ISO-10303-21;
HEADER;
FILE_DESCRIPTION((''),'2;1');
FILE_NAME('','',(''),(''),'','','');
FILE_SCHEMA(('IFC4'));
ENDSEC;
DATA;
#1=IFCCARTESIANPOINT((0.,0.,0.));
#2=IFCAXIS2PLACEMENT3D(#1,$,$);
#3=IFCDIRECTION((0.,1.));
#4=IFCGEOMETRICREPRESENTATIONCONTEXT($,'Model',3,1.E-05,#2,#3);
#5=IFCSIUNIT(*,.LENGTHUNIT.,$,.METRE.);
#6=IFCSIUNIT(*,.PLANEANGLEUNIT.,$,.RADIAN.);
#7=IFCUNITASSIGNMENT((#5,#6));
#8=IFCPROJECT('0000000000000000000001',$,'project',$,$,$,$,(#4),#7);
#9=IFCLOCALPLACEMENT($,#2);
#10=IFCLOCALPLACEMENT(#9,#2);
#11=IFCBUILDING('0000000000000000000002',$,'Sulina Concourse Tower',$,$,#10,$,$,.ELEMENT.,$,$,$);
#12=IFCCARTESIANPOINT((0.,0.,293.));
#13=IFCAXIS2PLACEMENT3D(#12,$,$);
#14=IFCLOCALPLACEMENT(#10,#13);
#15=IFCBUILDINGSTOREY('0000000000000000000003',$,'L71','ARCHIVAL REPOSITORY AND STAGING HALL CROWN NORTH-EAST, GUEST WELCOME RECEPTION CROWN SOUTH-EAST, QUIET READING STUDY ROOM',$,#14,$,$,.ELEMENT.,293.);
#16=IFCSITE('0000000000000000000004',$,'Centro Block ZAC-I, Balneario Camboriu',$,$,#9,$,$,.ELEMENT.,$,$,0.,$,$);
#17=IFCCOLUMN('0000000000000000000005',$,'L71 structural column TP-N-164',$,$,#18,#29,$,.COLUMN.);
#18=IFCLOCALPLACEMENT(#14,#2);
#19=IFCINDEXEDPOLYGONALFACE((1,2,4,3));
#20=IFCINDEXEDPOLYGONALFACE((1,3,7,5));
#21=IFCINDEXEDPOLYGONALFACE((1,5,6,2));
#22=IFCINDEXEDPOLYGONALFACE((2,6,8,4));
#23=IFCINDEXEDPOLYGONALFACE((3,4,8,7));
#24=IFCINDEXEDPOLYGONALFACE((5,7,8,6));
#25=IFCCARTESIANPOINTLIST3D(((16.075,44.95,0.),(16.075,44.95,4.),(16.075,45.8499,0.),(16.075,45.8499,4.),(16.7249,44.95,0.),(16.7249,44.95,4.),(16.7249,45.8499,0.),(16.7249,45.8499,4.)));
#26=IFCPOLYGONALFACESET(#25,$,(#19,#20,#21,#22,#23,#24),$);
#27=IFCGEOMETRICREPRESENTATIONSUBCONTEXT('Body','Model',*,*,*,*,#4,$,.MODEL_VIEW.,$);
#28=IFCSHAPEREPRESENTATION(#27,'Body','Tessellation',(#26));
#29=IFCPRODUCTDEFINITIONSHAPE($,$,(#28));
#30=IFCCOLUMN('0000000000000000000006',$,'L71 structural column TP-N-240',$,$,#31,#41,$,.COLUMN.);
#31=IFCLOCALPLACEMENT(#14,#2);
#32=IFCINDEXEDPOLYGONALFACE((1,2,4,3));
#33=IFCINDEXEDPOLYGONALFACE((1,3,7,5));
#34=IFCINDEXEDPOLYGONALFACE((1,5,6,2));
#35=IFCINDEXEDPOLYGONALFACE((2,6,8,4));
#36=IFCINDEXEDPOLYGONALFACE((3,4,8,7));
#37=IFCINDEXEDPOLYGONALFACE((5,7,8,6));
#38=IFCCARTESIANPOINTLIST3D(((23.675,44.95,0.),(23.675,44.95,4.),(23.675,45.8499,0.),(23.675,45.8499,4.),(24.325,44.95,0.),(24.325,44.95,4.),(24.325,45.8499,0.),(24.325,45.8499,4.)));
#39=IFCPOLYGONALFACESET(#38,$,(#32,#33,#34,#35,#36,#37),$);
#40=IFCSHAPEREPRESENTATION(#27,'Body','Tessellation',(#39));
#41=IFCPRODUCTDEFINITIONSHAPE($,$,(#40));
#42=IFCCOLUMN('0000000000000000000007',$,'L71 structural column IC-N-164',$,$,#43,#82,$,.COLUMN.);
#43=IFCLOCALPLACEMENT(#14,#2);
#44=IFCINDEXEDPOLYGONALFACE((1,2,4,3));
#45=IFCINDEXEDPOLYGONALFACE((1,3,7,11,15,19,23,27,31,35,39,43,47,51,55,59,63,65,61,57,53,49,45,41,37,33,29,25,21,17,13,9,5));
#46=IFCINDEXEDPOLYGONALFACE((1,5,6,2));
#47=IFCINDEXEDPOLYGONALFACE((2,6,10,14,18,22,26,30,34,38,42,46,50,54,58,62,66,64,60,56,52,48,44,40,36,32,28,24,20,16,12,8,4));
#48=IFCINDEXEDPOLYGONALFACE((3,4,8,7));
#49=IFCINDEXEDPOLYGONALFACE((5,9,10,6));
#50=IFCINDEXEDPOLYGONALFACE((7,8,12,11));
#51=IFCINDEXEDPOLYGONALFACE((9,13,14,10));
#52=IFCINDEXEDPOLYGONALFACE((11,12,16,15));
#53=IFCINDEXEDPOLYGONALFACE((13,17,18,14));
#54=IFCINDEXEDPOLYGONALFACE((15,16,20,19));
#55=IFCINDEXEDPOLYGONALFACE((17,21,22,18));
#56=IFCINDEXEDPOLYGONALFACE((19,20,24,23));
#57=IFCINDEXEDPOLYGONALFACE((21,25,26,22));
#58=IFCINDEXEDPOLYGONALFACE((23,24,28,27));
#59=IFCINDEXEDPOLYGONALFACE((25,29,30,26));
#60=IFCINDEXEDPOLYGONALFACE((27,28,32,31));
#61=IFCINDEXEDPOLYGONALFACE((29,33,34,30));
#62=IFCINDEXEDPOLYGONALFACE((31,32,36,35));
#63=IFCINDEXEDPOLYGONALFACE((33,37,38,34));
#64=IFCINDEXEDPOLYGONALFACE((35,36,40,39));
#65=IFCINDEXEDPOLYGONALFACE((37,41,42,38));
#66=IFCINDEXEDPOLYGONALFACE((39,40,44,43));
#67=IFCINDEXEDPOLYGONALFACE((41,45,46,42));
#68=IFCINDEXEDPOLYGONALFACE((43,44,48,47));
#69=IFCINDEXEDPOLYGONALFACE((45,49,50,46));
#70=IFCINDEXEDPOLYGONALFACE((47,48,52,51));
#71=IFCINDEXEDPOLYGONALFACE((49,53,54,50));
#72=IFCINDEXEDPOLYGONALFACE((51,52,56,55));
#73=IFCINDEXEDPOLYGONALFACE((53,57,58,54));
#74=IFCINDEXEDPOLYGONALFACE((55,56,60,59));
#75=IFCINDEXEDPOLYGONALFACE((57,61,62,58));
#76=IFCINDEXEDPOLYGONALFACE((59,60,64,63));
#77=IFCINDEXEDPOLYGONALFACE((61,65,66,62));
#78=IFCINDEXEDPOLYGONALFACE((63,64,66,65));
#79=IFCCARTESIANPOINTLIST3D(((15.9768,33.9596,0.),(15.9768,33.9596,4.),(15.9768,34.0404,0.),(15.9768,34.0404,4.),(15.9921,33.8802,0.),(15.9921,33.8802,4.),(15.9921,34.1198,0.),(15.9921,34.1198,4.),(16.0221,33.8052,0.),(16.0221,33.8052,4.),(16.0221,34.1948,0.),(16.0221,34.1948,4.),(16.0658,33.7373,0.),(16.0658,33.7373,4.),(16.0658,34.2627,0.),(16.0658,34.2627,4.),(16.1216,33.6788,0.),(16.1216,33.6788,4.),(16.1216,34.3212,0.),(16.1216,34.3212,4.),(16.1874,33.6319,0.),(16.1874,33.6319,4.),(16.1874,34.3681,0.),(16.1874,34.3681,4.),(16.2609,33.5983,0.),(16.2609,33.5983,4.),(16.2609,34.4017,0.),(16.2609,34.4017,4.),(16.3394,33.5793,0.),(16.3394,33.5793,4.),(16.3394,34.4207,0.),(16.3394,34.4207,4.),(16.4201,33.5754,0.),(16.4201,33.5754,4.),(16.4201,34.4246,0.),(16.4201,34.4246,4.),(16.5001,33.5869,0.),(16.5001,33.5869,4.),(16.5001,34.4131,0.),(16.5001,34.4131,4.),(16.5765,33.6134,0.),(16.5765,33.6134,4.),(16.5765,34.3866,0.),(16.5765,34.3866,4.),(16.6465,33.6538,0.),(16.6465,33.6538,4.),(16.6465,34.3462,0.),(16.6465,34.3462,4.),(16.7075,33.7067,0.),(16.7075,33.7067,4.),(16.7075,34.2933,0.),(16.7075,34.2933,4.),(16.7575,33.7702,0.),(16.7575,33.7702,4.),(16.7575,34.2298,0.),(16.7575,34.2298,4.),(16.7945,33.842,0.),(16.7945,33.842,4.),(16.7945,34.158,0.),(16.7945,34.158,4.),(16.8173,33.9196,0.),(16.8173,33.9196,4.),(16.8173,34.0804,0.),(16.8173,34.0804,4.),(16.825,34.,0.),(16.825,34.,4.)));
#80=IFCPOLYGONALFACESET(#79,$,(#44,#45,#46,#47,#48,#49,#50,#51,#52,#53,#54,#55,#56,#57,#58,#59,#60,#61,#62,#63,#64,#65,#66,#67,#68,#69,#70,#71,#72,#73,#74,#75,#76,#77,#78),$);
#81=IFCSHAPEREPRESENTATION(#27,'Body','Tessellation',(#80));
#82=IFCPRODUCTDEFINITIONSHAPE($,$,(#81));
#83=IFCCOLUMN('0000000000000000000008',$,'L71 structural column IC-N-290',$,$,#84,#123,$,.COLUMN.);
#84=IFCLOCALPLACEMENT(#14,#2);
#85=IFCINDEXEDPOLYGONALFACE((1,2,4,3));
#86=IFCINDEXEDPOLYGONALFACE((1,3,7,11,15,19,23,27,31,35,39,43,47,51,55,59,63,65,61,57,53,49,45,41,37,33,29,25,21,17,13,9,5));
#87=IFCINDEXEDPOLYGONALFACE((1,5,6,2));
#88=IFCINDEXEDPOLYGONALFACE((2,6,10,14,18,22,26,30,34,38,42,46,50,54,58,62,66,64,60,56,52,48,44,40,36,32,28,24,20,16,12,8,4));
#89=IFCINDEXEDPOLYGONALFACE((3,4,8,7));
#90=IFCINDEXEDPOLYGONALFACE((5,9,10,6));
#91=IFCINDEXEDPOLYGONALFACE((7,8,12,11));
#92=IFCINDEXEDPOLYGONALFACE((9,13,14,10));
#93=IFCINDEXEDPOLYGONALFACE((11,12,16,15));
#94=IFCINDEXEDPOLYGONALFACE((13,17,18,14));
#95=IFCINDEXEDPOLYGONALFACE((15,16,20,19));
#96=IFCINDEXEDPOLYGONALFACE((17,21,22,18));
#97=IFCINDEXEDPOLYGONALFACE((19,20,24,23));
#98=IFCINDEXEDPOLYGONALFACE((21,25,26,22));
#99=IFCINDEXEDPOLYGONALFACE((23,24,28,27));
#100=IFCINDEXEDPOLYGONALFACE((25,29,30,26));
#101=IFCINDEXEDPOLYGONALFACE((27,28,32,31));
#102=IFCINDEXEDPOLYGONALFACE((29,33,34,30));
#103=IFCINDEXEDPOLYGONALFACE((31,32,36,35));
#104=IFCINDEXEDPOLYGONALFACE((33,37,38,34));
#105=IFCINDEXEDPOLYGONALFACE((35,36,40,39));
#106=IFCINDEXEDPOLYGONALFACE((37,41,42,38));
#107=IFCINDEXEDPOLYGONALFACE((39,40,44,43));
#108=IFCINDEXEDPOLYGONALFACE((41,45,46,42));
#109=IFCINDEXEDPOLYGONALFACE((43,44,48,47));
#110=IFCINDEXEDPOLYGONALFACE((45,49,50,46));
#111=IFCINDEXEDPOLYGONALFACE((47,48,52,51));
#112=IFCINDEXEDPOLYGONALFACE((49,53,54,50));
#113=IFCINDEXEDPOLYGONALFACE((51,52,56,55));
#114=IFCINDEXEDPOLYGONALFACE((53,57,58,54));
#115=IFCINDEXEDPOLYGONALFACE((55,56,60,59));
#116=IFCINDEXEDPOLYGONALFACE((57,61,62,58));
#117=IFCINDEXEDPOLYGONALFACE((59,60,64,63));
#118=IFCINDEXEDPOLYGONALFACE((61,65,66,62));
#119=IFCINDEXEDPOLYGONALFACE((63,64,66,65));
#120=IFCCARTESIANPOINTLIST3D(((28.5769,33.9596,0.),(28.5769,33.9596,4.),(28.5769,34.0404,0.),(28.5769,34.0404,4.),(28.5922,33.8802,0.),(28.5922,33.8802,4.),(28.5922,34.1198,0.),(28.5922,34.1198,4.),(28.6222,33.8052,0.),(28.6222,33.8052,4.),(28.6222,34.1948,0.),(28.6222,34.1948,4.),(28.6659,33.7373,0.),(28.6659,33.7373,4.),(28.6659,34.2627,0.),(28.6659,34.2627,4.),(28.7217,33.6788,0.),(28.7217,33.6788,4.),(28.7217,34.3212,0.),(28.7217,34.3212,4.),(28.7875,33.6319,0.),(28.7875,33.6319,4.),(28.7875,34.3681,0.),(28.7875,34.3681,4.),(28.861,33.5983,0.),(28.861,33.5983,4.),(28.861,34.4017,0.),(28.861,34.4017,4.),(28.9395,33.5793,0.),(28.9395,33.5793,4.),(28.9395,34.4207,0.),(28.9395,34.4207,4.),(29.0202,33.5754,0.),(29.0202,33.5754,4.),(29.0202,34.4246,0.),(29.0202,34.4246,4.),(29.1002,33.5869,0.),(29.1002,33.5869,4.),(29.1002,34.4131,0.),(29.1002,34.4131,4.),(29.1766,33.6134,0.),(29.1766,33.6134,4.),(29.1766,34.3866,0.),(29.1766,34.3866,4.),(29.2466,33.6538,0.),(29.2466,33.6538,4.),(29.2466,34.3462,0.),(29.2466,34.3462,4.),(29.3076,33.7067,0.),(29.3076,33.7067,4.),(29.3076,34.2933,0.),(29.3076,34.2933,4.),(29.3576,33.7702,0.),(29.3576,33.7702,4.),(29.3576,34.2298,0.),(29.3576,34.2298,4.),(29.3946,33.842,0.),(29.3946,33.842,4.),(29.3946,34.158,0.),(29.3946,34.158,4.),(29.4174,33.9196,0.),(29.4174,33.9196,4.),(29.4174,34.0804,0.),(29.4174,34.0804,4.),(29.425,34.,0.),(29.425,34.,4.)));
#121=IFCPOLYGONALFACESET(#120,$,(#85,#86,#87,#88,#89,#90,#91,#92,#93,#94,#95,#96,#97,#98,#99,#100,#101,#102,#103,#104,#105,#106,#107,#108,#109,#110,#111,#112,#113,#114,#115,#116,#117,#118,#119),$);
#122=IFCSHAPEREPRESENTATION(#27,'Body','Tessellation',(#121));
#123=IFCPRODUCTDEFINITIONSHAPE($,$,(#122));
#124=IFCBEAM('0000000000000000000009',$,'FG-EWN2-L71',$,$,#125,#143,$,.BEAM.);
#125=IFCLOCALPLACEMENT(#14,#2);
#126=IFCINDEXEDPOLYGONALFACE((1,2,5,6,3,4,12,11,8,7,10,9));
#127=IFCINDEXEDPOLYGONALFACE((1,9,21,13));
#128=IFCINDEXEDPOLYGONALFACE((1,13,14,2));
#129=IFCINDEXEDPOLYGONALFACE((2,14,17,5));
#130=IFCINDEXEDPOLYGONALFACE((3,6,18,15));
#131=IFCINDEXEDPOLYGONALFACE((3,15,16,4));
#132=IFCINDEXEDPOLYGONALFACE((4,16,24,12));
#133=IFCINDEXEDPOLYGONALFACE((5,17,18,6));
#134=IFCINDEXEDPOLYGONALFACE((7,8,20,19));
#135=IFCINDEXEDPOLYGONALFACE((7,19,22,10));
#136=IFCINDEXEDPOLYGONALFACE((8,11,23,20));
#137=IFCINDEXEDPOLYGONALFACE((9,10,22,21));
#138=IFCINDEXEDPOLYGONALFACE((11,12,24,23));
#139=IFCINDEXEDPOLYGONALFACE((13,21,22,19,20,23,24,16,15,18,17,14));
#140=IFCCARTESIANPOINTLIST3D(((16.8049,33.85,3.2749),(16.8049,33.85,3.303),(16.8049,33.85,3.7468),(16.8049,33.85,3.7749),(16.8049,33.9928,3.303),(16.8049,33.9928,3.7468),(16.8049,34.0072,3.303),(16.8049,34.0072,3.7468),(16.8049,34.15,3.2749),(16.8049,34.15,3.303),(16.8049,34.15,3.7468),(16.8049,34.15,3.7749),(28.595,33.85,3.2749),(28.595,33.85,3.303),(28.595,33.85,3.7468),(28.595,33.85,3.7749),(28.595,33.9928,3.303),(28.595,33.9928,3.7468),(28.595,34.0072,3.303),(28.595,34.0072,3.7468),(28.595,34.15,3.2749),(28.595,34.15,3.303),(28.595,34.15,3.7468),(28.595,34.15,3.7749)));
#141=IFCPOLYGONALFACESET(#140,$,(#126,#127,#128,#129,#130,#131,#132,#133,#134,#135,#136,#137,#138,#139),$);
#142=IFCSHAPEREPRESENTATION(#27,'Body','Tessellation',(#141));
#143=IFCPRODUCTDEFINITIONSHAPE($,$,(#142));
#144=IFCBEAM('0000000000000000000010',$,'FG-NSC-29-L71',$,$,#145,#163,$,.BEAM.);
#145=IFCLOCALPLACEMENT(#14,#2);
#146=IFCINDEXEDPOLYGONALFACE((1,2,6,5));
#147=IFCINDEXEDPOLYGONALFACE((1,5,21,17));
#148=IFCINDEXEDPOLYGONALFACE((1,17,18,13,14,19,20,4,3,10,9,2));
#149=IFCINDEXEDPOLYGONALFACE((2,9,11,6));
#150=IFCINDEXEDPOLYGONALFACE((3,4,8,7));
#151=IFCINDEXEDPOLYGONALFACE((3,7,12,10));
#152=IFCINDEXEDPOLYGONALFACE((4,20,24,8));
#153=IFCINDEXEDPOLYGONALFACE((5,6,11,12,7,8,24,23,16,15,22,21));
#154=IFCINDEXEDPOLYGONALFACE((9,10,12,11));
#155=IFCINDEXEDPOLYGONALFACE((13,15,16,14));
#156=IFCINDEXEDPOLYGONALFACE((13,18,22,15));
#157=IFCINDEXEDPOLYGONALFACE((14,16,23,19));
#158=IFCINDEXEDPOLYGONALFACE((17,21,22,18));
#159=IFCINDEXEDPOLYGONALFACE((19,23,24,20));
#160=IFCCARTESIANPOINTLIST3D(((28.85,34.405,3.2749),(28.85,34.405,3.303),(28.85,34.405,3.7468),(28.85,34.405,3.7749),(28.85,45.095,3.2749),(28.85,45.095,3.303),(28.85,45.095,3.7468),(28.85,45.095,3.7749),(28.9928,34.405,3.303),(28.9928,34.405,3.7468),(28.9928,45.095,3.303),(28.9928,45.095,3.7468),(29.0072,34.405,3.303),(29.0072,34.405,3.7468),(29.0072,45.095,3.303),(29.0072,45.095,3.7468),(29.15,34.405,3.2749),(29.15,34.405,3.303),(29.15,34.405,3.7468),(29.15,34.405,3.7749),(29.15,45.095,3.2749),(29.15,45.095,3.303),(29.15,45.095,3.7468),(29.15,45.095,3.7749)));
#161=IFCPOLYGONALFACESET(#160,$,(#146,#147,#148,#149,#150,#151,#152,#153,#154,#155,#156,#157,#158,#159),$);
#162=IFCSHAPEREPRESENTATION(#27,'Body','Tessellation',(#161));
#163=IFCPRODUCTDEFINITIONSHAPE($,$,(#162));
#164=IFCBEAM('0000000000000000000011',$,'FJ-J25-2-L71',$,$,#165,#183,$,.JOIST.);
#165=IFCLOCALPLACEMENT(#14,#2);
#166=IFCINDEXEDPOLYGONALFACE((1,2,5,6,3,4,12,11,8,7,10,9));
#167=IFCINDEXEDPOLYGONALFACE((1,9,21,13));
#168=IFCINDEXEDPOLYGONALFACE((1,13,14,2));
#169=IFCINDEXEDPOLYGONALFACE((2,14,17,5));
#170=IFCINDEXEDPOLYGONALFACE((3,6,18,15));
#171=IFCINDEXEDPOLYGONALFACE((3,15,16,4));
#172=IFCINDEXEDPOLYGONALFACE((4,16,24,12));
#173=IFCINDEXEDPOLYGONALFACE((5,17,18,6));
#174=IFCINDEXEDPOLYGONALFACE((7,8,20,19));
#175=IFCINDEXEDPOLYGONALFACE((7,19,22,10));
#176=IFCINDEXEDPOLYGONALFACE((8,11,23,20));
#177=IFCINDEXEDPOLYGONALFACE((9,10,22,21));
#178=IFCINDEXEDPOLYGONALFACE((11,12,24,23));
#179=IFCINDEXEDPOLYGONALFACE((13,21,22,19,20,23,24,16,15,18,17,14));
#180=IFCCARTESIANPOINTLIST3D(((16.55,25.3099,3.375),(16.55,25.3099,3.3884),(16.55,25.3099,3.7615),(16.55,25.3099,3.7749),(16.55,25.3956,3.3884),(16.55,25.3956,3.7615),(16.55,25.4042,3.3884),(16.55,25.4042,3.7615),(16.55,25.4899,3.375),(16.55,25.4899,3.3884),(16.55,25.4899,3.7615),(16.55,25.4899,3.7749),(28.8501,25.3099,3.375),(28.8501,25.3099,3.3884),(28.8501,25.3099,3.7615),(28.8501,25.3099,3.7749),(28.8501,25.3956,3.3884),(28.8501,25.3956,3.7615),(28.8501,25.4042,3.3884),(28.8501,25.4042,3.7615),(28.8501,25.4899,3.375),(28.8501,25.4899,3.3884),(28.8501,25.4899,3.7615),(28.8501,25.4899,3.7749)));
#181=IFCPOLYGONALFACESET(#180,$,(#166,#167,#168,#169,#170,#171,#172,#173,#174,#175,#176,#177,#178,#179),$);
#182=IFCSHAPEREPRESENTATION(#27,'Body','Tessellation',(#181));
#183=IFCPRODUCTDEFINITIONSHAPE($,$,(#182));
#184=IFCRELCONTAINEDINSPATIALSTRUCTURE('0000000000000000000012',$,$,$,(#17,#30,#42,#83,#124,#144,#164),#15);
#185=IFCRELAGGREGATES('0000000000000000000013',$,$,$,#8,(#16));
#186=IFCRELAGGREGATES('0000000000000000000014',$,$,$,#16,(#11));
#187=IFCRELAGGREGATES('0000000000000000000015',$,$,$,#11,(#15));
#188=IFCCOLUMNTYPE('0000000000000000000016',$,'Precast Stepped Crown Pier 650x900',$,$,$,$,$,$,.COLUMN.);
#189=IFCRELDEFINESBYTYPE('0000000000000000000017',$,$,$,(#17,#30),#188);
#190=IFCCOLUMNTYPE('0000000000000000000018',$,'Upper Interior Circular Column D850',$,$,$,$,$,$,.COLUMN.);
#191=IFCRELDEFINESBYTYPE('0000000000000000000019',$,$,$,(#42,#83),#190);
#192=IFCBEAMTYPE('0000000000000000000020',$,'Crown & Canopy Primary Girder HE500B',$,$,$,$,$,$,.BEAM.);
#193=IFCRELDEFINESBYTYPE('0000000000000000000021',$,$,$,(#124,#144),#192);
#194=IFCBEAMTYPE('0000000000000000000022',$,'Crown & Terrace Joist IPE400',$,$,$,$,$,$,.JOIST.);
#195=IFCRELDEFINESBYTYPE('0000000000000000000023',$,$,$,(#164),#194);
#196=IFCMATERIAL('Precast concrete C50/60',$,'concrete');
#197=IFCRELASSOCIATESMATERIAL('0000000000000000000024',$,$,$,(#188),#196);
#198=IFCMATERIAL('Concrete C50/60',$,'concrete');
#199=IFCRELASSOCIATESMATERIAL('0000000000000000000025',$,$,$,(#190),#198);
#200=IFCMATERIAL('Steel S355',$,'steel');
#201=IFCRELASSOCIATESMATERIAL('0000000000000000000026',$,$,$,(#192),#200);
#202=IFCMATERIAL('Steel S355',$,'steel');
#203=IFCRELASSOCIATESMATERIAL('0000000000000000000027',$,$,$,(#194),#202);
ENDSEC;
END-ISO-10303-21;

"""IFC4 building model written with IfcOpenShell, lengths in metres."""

from ifc_helpers import new_model, si_unit, direction, frame, origin, origin_2d, place, context, subcontext, project, spatial, rectangle, circle, i_section, extrude, material, material_profile, profile_set, type_object, element, save


model = new_model("IFC4")

# Units and contexts
model_context = context("Model", 3, precision=1e-05, world=origin(), true_north=direction((0.0, 1.0)))
body_context = subcontext(model_context, "Body", "Model", "MODEL_VIEW")
ifc_project = project(units=[si_unit("LENGTHUNIT", "METRE"), si_unit("PLANEANGLEUNIT", "RADIAN")], contexts=[model_context])

# Site, building, storey
site_placement = place(None, origin())
site = spatial("IfcSite", under=ifc_project, at=site_placement, Name="Centro Block ZAC-I, Balneario Camboriu", CompositionType="ELEMENT", RefElevation=0.0)
building_placement = place(site_placement, origin())
building = spatial("IfcBuilding", under=site, at=building_placement, Name="Sulina Concourse Tower", CompositionType="ELEMENT")
storey_placement = place(building_placement, frame((0.0, 0.0, 293.0)))
storey = spatial("IfcBuildingStorey", under=building, at=storey_placement, Name="L71", Description="ARCHIVAL REPOSITORY AND STAGING HALL CROWN NORTH-EAST, GUEST WELCOME RECEPTION CROWN SOUTH-EAST, QUIET READING STUDY ROOM", CompositionType="ELEMENT", Elevation=293.0)

# Columns
ifc_material_1 = material(Name="Precast concrete C50/60", Category="concrete")
ifc_material_profile_1 = material_profile(ifc_material_1, rectangle(XDim=0.6499, YDim=0.8999, at=origin_2d()), Name="PC 650x900")
ifc_profile_set_1 = profile_set([ifc_material_profile_1], Name="Precast concrete C50/60")
column_type_1 = type_object("IfcColumnType", Name="Precast Stepped Crown Pier 650x900", PredefinedType="COLUMN", material=ifc_profile_set_1)
for number, where, z_axis, x_axis, name in (
    (1, (16.3999, 45.3999, 0.0), (0.0, 0.0, 1.0), (1.0, 0.0, 0.0), "L71 structural column TP-N-164"),
    (2, (24.0, 45.3999, 0.0), (0.0, 0.0, 1.0), (1.0, 0.0, 0.0), "L71 structural column TP-N-240"),
):
    element("IfcColumn", number, at=place(storey_placement, frame(where, z_axis=z_axis, x_axis=x_axis)), inside=storey, type_object=column_type_1, Name=name, PredefinedType="COLUMN", context=body_context, shape_type="SweptSolid", body=[
        extrude(rectangle(XDim=0.6499, YDim=0.8999, at=origin_2d()), origin(), (0.0, 0.0, 1.0), 4.0),
    ])
ifc_material_2 = material(Name="Concrete C50/60", Category="concrete")
ifc_material_profile_2 = material_profile(ifc_material_2, circle(Radius=0.425, at=origin_2d()), Name="RC D850")
ifc_profile_set_2 = profile_set([ifc_material_profile_2], Name="Concrete C50/60")
column_type_2 = type_object("IfcColumnType", Name="Upper Interior Circular Column D850", PredefinedType="COLUMN", material=ifc_profile_set_2)
for number, where, z_axis, x_axis, name in (
    (3, (16.3999, 34.0, 0.0), (0.0, 0.0, 1.0), (1.0, 0.0, 0.0), "L71 structural column IC-N-164"),
    (4, (29.0, 34.0, 0.0), (0.0, 0.0, 1.0), (1.0, 0.0, 0.0), "L71 structural column IC-N-290"),
):
    element("IfcColumn", number, at=place(storey_placement, frame(where, z_axis=z_axis, x_axis=x_axis)), inside=storey, type_object=column_type_2, Name=name, PredefinedType="COLUMN", context=body_context, shape_type="SweptSolid", body=[
        extrude(circle(Radius=0.425, at=origin_2d()), origin(), (0.0, 0.0, 1.0), 4.0),
    ])

# Beams
ifc_material_3 = material(Name="Steel S355", Category="steel")
ifc_material_profile_3 = material_profile(ifc_material_3, i_section(OverallWidth=0.3, OverallDepth=0.5, WebThickness=0.0144, FlangeThickness=0.0281, at=origin_2d()), Name="HE 500 B")
ifc_profile_set_3 = profile_set([ifc_material_profile_3], Name="Steel S355")
beam_type_1 = type_object("IfcBeamType", Name="Crown & Canopy Primary Girder HE500B", PredefinedType="BEAM", material=ifc_profile_set_3)
beam_1_placement = place(storey_placement, frame((16.8049, 34.0, 3.5249), z_axis=(1.0, 0.0, 0.0), x_axis=(0.0, 1.0, 0.0)))
element("IfcBeam", 5, at=beam_1_placement, inside=storey, type_object=beam_type_1, Name="FG-EWN2-L71", PredefinedType="BEAM", context=body_context, shape_type="SweptSolid", body=[
    extrude(i_section(OverallWidth=0.3, OverallDepth=0.5, WebThickness=0.0144, FlangeThickness=0.0281, at=origin_2d()), origin(), (0.0, 0.0, 1.0), 11.79),
])
beam_2_placement = place(storey_placement, frame((29.0, 34.405, 3.5249), z_axis=(0.0, 1.0, 0.0), x_axis=(-1.0, 0.0, 0.0)))
element("IfcBeam", 6, at=beam_2_placement, inside=storey, type_object=beam_type_1, Name="FG-NSC-29-L71", PredefinedType="BEAM", context=body_context, shape_type="SweptSolid", body=[
    extrude(i_section(OverallWidth=0.3, OverallDepth=0.5, WebThickness=0.0144, FlangeThickness=0.0281, at=origin_2d()), origin(), (0.0, 0.0, 1.0), 10.6899),
])
ifc_material_4 = material(Name="Steel S355", Category="steel")
ifc_material_profile_4 = material_profile(ifc_material_4, i_section(OverallWidth=0.1799, OverallDepth=0.3999, WebThickness=0.0085, FlangeThickness=0.0134, at=origin_2d()), Name="IPE 400")
ifc_profile_set_4 = profile_set([ifc_material_profile_4], Name="Steel S355")
beam_type_2 = type_object("IfcBeamType", Name="Crown & Terrace Joist IPE400", PredefinedType="JOIST", material=ifc_profile_set_4)
beam_3_placement = place(storey_placement, frame((16.55, 25.3999, 3.575), z_axis=(1.0, 0.0, 0.0), x_axis=(0.0, 1.0, 0.0)))
element("IfcBeam", 7, at=beam_3_placement, inside=storey, type_object=beam_type_2, Name="FJ-J25-2-L71", PredefinedType="JOIST", context=body_context, shape_type="SweptSolid", body=[
    extrude(i_section(OverallWidth=0.1799, OverallDepth=0.3999, WebThickness=0.0085, FlangeThickness=0.0134, at=origin_2d()), origin(), (0.0, 0.0, 1.0), 12.3),
])

save(model, "model.ifc")
